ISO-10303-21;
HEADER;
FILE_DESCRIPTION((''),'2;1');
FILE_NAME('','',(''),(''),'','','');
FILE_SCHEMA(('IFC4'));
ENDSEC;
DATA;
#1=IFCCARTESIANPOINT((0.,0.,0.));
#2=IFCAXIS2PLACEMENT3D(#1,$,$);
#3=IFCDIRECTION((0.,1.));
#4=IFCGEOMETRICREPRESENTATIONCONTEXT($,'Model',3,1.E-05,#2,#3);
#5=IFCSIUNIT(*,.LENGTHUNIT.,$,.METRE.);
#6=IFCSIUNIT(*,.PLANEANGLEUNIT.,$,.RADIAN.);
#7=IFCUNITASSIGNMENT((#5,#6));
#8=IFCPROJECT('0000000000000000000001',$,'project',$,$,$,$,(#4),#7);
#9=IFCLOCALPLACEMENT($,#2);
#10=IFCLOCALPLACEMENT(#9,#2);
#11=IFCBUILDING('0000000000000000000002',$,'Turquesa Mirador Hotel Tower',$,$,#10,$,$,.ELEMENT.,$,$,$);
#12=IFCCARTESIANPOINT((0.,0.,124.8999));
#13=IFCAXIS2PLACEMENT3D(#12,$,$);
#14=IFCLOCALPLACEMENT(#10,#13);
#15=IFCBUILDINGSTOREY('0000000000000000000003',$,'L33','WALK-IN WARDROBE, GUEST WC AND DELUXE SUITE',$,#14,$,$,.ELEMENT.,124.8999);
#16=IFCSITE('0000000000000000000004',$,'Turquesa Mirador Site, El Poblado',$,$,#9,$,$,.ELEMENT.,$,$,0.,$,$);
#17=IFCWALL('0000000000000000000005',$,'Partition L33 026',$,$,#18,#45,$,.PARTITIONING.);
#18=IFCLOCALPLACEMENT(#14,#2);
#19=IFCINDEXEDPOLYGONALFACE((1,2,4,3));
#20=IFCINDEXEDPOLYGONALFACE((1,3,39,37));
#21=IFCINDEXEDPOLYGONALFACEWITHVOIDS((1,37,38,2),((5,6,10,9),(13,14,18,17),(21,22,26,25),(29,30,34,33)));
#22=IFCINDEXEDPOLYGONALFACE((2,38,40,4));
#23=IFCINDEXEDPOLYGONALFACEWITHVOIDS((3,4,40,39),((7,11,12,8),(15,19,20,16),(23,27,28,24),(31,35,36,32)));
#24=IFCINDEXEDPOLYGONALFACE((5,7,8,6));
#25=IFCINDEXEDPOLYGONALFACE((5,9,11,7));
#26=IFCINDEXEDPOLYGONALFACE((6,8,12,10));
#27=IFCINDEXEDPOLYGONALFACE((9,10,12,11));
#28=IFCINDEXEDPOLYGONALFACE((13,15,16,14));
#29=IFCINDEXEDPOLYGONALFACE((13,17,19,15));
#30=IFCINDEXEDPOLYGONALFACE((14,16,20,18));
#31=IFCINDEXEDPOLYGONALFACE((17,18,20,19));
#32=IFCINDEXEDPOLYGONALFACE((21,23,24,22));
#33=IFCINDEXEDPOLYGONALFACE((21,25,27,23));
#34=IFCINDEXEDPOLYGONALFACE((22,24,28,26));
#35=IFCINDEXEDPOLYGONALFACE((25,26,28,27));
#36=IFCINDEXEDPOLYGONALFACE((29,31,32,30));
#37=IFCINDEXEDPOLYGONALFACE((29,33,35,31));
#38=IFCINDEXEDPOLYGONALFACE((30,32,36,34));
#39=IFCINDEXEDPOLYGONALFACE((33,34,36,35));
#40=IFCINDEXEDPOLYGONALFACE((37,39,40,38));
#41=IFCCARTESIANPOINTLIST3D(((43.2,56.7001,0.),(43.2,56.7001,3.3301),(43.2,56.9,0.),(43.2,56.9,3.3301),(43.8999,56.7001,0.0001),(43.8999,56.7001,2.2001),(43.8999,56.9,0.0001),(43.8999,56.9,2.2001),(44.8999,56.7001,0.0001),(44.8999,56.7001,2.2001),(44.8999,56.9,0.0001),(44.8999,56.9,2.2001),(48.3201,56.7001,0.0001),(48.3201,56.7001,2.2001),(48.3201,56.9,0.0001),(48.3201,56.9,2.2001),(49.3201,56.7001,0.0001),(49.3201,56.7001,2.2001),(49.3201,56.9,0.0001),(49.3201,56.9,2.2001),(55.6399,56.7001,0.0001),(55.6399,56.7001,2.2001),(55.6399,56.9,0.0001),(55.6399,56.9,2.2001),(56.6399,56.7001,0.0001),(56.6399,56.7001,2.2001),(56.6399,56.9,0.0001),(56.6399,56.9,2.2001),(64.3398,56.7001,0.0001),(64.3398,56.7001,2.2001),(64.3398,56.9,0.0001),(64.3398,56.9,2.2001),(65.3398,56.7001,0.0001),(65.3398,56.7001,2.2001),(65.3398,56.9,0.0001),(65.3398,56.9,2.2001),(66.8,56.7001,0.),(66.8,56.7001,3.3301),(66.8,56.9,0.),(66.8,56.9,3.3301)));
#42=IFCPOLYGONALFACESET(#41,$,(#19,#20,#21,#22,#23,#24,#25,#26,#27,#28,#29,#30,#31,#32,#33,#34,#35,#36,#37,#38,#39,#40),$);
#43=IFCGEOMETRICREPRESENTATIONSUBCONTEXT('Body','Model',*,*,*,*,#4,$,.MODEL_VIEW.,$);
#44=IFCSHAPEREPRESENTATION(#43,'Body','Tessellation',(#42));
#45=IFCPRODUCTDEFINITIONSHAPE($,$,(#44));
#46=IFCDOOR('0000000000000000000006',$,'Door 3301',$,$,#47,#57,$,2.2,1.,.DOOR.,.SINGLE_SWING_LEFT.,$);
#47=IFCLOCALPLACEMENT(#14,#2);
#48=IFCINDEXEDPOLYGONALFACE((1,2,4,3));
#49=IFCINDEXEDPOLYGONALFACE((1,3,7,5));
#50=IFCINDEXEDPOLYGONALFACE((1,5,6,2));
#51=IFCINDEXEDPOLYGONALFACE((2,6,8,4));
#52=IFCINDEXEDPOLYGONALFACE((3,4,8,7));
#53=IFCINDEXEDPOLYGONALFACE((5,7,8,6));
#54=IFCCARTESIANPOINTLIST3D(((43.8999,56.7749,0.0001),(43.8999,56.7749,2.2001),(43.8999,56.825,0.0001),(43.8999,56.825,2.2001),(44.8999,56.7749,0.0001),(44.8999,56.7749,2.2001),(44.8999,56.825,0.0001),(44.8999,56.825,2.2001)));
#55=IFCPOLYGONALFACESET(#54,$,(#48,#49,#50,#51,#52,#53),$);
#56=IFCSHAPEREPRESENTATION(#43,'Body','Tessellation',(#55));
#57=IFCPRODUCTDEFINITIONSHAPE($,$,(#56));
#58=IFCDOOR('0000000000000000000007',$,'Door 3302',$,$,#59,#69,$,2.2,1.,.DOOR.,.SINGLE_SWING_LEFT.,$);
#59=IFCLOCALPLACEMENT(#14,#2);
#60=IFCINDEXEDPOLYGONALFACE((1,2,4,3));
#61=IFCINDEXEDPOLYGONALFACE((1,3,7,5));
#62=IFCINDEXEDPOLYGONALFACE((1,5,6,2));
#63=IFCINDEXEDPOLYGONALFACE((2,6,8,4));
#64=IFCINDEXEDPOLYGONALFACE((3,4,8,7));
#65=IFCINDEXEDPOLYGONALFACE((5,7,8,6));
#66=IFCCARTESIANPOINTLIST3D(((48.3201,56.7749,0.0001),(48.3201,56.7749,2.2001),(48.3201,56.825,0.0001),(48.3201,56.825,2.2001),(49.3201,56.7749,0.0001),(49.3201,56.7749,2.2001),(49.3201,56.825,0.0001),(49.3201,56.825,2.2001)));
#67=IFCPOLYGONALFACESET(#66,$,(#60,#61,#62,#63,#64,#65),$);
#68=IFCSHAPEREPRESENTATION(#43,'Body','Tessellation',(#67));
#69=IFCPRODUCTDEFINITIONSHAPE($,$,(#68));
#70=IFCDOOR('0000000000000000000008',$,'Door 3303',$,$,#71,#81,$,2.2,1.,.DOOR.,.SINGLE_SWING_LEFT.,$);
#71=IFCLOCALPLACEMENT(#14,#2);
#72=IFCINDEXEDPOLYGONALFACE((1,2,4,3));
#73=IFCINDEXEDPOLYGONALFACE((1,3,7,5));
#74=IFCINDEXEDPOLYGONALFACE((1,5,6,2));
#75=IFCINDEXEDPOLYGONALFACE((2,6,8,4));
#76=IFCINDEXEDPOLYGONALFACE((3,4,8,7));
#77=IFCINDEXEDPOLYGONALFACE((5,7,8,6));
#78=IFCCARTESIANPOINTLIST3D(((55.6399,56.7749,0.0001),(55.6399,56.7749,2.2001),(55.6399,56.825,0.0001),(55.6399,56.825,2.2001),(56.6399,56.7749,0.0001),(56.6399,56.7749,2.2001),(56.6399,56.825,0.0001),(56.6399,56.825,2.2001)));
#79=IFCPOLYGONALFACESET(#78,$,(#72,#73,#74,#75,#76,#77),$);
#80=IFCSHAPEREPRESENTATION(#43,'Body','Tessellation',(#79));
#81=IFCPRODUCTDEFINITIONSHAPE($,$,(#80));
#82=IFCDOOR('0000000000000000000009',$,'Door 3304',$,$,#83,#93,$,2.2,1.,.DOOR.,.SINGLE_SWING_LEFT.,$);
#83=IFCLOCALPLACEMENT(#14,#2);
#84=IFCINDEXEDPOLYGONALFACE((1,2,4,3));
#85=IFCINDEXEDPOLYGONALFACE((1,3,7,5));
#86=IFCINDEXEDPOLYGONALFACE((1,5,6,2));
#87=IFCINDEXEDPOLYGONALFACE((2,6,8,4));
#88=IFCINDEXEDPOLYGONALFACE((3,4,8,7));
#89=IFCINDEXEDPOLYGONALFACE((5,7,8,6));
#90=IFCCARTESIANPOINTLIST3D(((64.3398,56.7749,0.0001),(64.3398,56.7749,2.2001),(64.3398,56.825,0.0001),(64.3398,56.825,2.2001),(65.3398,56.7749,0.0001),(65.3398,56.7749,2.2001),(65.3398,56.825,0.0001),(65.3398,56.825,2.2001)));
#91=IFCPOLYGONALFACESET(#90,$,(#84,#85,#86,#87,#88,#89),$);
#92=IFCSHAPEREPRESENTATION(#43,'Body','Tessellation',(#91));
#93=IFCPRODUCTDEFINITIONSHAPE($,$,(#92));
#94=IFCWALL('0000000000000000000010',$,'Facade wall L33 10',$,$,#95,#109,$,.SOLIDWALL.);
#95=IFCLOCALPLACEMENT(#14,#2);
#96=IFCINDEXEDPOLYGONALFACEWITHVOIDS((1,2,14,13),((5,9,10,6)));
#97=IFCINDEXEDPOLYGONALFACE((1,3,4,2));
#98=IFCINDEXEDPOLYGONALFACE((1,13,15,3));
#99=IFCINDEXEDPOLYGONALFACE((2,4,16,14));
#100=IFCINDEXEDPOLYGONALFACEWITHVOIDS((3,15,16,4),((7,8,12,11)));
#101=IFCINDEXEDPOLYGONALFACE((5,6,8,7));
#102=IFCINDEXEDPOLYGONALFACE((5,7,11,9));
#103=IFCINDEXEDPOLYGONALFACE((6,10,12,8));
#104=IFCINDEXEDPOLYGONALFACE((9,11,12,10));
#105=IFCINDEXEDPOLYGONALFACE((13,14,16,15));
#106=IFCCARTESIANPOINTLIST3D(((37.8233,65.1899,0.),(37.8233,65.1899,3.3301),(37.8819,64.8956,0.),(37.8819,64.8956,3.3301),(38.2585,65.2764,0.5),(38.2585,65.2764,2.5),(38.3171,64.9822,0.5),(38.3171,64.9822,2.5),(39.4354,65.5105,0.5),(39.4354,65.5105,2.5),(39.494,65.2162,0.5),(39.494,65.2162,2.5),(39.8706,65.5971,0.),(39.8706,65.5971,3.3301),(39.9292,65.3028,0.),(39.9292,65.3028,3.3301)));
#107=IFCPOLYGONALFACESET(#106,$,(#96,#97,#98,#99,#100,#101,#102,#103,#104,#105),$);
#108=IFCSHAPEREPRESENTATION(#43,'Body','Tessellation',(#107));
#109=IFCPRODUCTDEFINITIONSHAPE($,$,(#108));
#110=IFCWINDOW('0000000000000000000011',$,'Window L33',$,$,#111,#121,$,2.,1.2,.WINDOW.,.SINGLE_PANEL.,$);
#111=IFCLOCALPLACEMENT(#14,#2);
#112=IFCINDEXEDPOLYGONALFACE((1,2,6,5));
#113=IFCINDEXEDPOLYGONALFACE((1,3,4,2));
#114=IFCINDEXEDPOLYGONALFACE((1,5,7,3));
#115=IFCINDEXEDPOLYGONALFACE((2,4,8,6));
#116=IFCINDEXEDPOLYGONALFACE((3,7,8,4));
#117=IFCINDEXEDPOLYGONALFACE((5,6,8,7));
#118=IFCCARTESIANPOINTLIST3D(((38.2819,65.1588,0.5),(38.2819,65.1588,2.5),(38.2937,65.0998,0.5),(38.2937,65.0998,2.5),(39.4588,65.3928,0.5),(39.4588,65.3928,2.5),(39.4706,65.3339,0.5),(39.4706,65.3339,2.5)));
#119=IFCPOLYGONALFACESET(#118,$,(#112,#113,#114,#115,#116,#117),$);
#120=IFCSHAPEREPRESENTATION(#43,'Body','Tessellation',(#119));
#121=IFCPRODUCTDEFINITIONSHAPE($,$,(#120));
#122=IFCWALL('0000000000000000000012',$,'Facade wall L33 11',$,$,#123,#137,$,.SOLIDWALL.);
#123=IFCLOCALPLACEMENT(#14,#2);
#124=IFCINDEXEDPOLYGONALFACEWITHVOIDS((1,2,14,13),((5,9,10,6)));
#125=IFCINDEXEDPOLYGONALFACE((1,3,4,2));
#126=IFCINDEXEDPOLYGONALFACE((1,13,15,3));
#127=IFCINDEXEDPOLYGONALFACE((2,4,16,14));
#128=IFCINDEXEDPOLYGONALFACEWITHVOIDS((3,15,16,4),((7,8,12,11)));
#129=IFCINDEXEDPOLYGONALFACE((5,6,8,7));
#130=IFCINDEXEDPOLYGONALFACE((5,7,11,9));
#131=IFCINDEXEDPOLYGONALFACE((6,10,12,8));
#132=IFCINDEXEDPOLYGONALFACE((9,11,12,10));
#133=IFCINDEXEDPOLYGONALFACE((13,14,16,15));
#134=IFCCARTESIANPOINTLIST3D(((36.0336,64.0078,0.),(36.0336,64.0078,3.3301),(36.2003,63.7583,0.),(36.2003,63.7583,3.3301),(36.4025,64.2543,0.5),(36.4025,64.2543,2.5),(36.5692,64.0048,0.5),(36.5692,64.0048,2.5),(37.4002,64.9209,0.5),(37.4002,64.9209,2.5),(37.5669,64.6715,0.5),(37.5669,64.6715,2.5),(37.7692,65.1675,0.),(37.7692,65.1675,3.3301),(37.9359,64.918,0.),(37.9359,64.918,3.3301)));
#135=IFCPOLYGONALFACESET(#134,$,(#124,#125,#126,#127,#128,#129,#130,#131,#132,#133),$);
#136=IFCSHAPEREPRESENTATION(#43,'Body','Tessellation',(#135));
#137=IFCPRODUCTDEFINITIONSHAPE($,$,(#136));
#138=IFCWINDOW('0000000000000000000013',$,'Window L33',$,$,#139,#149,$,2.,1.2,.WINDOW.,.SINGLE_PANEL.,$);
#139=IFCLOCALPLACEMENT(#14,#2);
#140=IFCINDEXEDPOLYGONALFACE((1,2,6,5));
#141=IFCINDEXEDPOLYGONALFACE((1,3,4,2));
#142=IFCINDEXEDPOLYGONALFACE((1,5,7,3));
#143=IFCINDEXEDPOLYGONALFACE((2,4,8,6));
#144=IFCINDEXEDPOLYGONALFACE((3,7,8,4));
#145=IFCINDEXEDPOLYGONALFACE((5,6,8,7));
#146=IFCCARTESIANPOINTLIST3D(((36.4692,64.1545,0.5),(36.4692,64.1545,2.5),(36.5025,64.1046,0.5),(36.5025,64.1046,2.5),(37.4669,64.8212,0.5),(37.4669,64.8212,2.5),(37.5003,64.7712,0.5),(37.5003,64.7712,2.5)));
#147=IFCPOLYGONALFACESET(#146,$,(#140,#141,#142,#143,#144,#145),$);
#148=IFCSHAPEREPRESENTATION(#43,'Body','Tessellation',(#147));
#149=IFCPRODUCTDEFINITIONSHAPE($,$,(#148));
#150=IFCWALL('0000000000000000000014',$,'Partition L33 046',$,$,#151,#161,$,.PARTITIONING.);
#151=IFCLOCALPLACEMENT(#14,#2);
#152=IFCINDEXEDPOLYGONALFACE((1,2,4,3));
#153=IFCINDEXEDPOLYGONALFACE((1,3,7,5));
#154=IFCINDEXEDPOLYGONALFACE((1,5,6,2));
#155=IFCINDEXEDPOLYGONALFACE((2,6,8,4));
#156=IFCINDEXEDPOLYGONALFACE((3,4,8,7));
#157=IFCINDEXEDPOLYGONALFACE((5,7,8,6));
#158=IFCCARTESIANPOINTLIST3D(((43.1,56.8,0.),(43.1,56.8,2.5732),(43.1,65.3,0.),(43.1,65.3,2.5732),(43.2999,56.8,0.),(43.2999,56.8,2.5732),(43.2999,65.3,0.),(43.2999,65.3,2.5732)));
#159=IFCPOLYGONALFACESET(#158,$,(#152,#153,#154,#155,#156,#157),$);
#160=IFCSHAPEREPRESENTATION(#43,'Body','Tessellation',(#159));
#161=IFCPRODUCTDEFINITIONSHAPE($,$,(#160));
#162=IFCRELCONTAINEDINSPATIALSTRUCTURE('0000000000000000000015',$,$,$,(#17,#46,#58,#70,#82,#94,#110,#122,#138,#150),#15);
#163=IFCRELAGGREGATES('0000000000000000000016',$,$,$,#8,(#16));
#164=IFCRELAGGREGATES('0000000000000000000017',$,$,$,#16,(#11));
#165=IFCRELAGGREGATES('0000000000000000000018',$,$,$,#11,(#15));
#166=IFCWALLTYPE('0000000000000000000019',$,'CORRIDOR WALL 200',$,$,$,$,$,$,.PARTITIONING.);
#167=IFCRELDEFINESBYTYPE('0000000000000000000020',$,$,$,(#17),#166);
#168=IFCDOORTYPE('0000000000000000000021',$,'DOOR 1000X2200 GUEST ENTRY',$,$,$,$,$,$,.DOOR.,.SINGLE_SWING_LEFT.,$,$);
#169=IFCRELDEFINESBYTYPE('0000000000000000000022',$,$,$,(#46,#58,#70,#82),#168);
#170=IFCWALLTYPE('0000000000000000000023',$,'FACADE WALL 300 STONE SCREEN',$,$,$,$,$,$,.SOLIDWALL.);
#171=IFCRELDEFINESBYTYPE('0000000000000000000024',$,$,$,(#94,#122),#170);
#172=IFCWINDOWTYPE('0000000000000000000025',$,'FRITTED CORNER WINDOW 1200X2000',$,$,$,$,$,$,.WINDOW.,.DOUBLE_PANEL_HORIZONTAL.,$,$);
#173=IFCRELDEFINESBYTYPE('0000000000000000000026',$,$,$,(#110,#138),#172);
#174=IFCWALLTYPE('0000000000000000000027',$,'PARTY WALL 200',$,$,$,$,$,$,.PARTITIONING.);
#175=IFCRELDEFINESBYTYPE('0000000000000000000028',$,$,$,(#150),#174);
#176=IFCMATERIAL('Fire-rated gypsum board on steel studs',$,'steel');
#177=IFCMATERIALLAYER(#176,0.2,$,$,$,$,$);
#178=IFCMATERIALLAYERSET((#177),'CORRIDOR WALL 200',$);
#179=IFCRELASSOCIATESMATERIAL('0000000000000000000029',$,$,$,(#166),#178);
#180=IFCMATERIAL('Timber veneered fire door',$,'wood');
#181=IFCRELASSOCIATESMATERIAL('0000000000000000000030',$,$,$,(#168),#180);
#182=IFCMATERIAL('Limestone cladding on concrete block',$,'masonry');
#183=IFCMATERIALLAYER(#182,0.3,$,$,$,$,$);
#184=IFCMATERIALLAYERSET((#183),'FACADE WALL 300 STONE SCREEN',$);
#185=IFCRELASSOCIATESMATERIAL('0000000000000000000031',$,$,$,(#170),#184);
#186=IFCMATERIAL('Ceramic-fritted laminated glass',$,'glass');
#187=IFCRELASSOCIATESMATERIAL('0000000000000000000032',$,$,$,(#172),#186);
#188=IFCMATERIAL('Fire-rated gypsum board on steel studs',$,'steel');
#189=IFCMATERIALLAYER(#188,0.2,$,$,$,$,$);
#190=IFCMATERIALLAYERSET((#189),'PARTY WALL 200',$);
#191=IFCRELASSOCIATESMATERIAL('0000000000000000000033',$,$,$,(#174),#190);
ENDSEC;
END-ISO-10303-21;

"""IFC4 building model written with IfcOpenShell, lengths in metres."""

from ifc_helpers import new_model, si_unit, direction, frame, frame_2d, origin, place, context, subcontext, project, spatial, rectangle, extrude, material, layer, layer_set, type_object, element, fill, save


model = new_model("IFC4")

# Units and contexts
model_context = context("Model", 3, precision=1e-05, world=origin(), true_north=direction((0.0, 1.0)))
body_context = subcontext(model_context, "Body", "Model", "MODEL_VIEW")
ifc_project = project(units=[si_unit("LENGTHUNIT", "METRE"), si_unit("PLANEANGLEUNIT", "RADIAN")], contexts=[model_context])

# Site, building, storey
site_placement = place(None, origin())
site = spatial("IfcSite", under=ifc_project, at=site_placement, Name="Turquesa Mirador Site, El Poblado", CompositionType="ELEMENT", RefElevation=0.0)
building_placement = place(site_placement, origin())
building = spatial("IfcBuilding", under=site, at=building_placement, Name="Turquesa Mirador Hotel Tower", CompositionType="ELEMENT")
storey_placement = place(building_placement, frame((0.0, 0.0, 124.8999)))
storey = spatial("IfcBuildingStorey", under=building, at=storey_placement, Name="L33", Description="WALK-IN WARDROBE, GUEST WC AND DELUXE SUITE", CompositionType="ELEMENT", Elevation=124.8999)

# Wall, openings, doors
ifc_material_1 = material(Name="Fire-rated gypsum board on steel studs", Category="steel")
ifc_layer_1 = layer(ifc_material_1, 0.2)
ifc_layer_set_1 = layer_set([ifc_layer_1], Name="CORRIDOR WALL 200")
wall_type_1 = type_object("IfcWallType", Name="CORRIDOR WALL 200", PredefinedType="PARTITIONING", material=ifc_layer_set_1)
wall_1_placement = place(storey_placement, frame((43.2, 56.8, 0.0), z_axis=(0.0, 0.0, 1.0), x_axis=(1.0, 0.0, 0.0)))
wall_1 = element("IfcWall", 1, at=wall_1_placement, inside=storey, type_object=wall_type_1, Name="Partition L33 026", PredefinedType="PARTITIONING", context=body_context, shape_type="SweptSolid", body=[
    extrude(rectangle(XDim=23.6001, YDim=0.2, at=frame_2d((11.8, 0.0))), origin(), (0.0, 0.0, 1.0), 3.3301),
])
opening_1_placement = place(wall_1_placement, frame((0.7, 0.0, 0.0)))
opening_1 = element("IfcOpeningElement", 2, at=opening_1_placement, cuts=wall_1, PredefinedType="OPENING", context=body_context, shape_type="SweptSolid", body=[
    extrude(rectangle(XDim=1.0, YDim=2.2, at=frame_2d((0.5, 1.1001))), frame((0.0, 0.1099, 0.0), z_axis=(0.0, -1.0, 0.0), x_axis=(1.0, 0.0, 0.0)), (0.0, 0.0, 1.0), 0.22),
])
opening_2_placement = place(wall_1_placement, frame((5.1201, 0.0, 0.0)))
opening_2 = element("IfcOpeningElement", 3, at=opening_2_placement, cuts=wall_1, PredefinedType="OPENING", context=body_context, shape_type="SweptSolid", body=[
    extrude(rectangle(XDim=1.0, YDim=2.2, at=frame_2d((0.5, 1.1001))), frame((0.0, 0.1099, 0.0), z_axis=(0.0, -1.0, 0.0), x_axis=(1.0, 0.0, 0.0)), (0.0, 0.0, 1.0), 0.22),
])
opening_3_placement = place(wall_1_placement, frame((12.4399, 0.0, 0.0)))
opening_3 = element("IfcOpeningElement", 4, at=opening_3_placement, cuts=wall_1, PredefinedType="OPENING", context=body_context, shape_type="SweptSolid", body=[
    extrude(rectangle(XDim=1.0, YDim=2.2, at=frame_2d((0.5, 1.1001))), frame((0.0, 0.1099, 0.0), z_axis=(0.0, -1.0, 0.0), x_axis=(1.0, 0.0, 0.0)), (0.0, 0.0, 1.0), 0.22),
])
opening_4_placement = place(wall_1_placement, frame((21.1399, 0.0, 0.0)))
opening_4 = element("IfcOpeningElement", 5, at=opening_4_placement, cuts=wall_1, PredefinedType="OPENING", context=body_context, shape_type="SweptSolid", body=[
    extrude(rectangle(XDim=1.0, YDim=2.2, at=frame_2d((0.5, 1.1001))), frame((0.0, 0.1099, 0.0), z_axis=(0.0, -1.0, 0.0), x_axis=(1.0, 0.0, 0.0)), (0.0, 0.0, 1.0), 0.22),
])
ifc_material_2 = material(Name="Timber veneered fire door", Category="wood")
door_type_1 = type_object("IfcDoorType", Name="DOOR 1000X2200 GUEST ENTRY", OperationType="SINGLE_SWING_LEFT", PredefinedType="DOOR", material=ifc_material_2)
door_1_placement = place(opening_1_placement, origin())
door_1 = element("IfcDoor", 6, at=door_1_placement, inside=storey, type_object=door_type_1, Name="Door 3301", OperationType="SINGLE_SWING_LEFT", OverallHeight=2.2, OverallWidth=1.0, PredefinedType="DOOR", context=body_context, shape_type="SweptSolid", body=[
    extrude(rectangle(XDim=1.0, YDim=2.2, at=frame_2d((0.5, 1.1001))), frame((0.0, 0.0249, 0.0), z_axis=(0.0, -1.0, 0.0), x_axis=(1.0, 0.0, 0.0)), (0.0, 0.0, 1.0), 0.05),
])
fill(opening_1, door_1)
door_2_placement = place(opening_2_placement, origin())
door_2 = element("IfcDoor", 7, at=door_2_placement, inside=storey, type_object=door_type_1, Name="Door 3302", OperationType="SINGLE_SWING_LEFT", OverallHeight=2.2, OverallWidth=1.0, PredefinedType="DOOR", context=body_context, shape_type="SweptSolid", body=[
    extrude(rectangle(XDim=1.0, YDim=2.2, at=frame_2d((0.5, 1.1001))), frame((0.0, 0.0249, 0.0), z_axis=(0.0, -1.0, 0.0), x_axis=(1.0, 0.0, 0.0)), (0.0, 0.0, 1.0), 0.05),
])
fill(opening_2, door_2)
door_3_placement = place(opening_3_placement, origin())
door_3 = element("IfcDoor", 8, at=door_3_placement, inside=storey, type_object=door_type_1, Name="Door 3303", OperationType="SINGLE_SWING_LEFT", OverallHeight=2.2, OverallWidth=1.0, PredefinedType="DOOR", context=body_context, shape_type="SweptSolid", body=[
    extrude(rectangle(XDim=1.0, YDim=2.2, at=frame_2d((0.5, 1.1001))), frame((0.0, 0.0249, 0.0), z_axis=(0.0, -1.0, 0.0), x_axis=(1.0, 0.0, 0.0)), (0.0, 0.0, 1.0), 0.05),
])
fill(opening_3, door_3)
door_4_placement = place(opening_4_placement, origin())
door_4 = element("IfcDoor", 9, at=door_4_placement, inside=storey, type_object=door_type_1, Name="Door 3304", OperationType="SINGLE_SWING_LEFT", OverallHeight=2.2, OverallWidth=1.0, PredefinedType="DOOR", context=body_context, shape_type="SweptSolid", body=[
    extrude(rectangle(XDim=1.0, YDim=2.2, at=frame_2d((0.5, 1.1001))), frame((0.0, 0.0249, 0.0), z_axis=(0.0, -1.0, 0.0), x_axis=(1.0, 0.0, 0.0)), (0.0, 0.0, 1.0), 0.05),
])
fill(opening_4, door_4)

# Walls, openings, windows
ifc_material_3 = material(Name="Limestone cladding on concrete block", Category="masonry")
ifc_layer_2 = layer(ifc_material_3, 0.3)
ifc_layer_set_2 = layer_set([ifc_layer_2], Name="FACADE WALL 300 STONE SCREEN")
wall_type_2 = type_object("IfcWallType", Name="FACADE WALL 300 STONE SCREEN", PredefinedType="SOLIDWALL", material=ifc_layer_set_2)
wall_2_placement = place(storey_placement, frame((39.8999, 65.45, 0.0), z_axis=(0.0, 0.0, 1.0), x_axis=(-0.980787, -0.195081, 0.0)))
wall_2 = element("IfcWall", 10, at=wall_2_placement, inside=storey, type_object=wall_type_2, Name="Facade wall L33 10", PredefinedType="SOLIDWALL", context=body_context, shape_type="SweptSolid", body=[
    extrude(rectangle(XDim=2.0874, YDim=0.3, at=frame_2d((1.0437, 0.0))), origin(), (0.0, 0.0, 1.0), 3.3301),
])
opening_5_placement = place(wall_2_placement, frame((0.4436, 0.0, 0.5)))
opening_5 = element("IfcOpeningElement", 11, at=opening_5_placement, cuts=wall_2, PredefinedType="OPENING", context=body_context, shape_type="SweptSolid", body=[
    extrude(rectangle(XDim=1.2, YDim=2.0, at=frame_2d((0.6001, 1.0))), frame((0.0, 0.1599, 0.0), z_axis=(0.0, -1.0, 0.0), x_axis=(1.0, 0.0, 0.0)), (0.0, 0.0, 1.0), 0.3201),
])
ifc_material_4 = material(Name="Ceramic-fritted laminated glass", Category="glass")
window_type = type_object("IfcWindowType", Name="FRITTED CORNER WINDOW 1200X2000", PartitioningType="DOUBLE_PANEL_HORIZONTAL", PredefinedType="WINDOW", material=ifc_material_4)
window_1_placement = place(opening_5_placement, origin())
window_1 = element("IfcWindow", 12, at=window_1_placement, inside=storey, type_object=window_type, Name="Window L33", OverallHeight=2.0, OverallWidth=1.2, PartitioningType="SINGLE_PANEL", PredefinedType="WINDOW", context=body_context, shape_type="SweptSolid", body=[
    extrude(rectangle(XDim=1.2, YDim=2.0, at=frame_2d((0.6001, 1.0))), frame((0.0, 0.03, 0.0), z_axis=(0.0, -1.0, 0.0), x_axis=(1.0, 0.0, 0.0)), (0.0, 0.0, 1.0), 0.0601),
])
fill(opening_5, window_1)
wall_3_placement = place(storey_placement, frame((37.8525, 65.0427, 0.0), z_axis=(0.0, 0.0, 1.0), x_axis=(-0.831474, -0.555564, 0.0)))
wall_3 = element("IfcWall", 13, at=wall_3_placement, inside=storey, type_object=wall_type_2, Name="Facade wall L33 11", PredefinedType="SOLIDWALL", context=body_context, shape_type="SweptSolid", body=[
    extrude(rectangle(XDim=2.0874, YDim=0.3, at=frame_2d((1.0437, 0.0))), origin(), (0.0, 0.0, 1.0), 3.3301),
])
opening_6_placement = place(wall_3_placement, frame((0.4436, 0.0, 0.5)))
opening_6 = element("IfcOpeningElement", 14, at=opening_6_placement, cuts=wall_3, PredefinedType="OPENING", context=body_context, shape_type="SweptSolid", body=[
    extrude(rectangle(XDim=1.2, YDim=2.0, at=frame_2d((0.6001, 1.0))), frame((0.0, 0.1599, 0.0), z_axis=(0.0, -1.0, 0.0), x_axis=(1.0, 0.0, 0.0)), (0.0, 0.0, 1.0), 0.3201),
])
window_2_placement = place(opening_6_placement, origin())
window_2 = element("IfcWindow", 15, at=window_2_placement, inside=storey, type_object=window_type, Name="Window L33", OverallHeight=2.0, OverallWidth=1.2, PartitioningType="SINGLE_PANEL", PredefinedType="WINDOW", context=body_context, shape_type="SweptSolid", body=[
    extrude(rectangle(XDim=1.2, YDim=2.0, at=frame_2d((0.6001, 1.0))), frame((0.0, 0.03, 0.0), z_axis=(0.0, -1.0, 0.0), x_axis=(1.0, 0.0, 0.0)), (0.0, 0.0, 1.0), 0.0601),
])
fill(opening_6, window_2)

# Wall
ifc_material_5 = material(Name="Fire-rated gypsum board on steel studs", Category="steel")
ifc_layer_3 = layer(ifc_material_5, 0.2)
ifc_layer_set_3 = layer_set([ifc_layer_3], Name="PARTY WALL 200")
wall_type_3 = type_object("IfcWallType", Name="PARTY WALL 200", PredefinedType="PARTITIONING", material=ifc_layer_set_3)
wall_4_placement = place(storey_placement, frame((43.2, 56.8, 0.0), z_axis=(0.0, 0.0, 1.0), x_axis=(0.0, 1.0, 0.0)))
element("IfcWall", 16, at=wall_4_placement, inside=storey, type_object=wall_type_3, Name="Partition L33 046", PredefinedType="PARTITIONING", context=body_context, shape_type="SweptSolid", body=[
    extrude(rectangle(XDim=8.5, YDim=0.2, at=frame_2d((4.25, 0.0))), origin(), (0.0, 0.0, 1.0), 2.5732),
])

save(model, "model.ifc")
